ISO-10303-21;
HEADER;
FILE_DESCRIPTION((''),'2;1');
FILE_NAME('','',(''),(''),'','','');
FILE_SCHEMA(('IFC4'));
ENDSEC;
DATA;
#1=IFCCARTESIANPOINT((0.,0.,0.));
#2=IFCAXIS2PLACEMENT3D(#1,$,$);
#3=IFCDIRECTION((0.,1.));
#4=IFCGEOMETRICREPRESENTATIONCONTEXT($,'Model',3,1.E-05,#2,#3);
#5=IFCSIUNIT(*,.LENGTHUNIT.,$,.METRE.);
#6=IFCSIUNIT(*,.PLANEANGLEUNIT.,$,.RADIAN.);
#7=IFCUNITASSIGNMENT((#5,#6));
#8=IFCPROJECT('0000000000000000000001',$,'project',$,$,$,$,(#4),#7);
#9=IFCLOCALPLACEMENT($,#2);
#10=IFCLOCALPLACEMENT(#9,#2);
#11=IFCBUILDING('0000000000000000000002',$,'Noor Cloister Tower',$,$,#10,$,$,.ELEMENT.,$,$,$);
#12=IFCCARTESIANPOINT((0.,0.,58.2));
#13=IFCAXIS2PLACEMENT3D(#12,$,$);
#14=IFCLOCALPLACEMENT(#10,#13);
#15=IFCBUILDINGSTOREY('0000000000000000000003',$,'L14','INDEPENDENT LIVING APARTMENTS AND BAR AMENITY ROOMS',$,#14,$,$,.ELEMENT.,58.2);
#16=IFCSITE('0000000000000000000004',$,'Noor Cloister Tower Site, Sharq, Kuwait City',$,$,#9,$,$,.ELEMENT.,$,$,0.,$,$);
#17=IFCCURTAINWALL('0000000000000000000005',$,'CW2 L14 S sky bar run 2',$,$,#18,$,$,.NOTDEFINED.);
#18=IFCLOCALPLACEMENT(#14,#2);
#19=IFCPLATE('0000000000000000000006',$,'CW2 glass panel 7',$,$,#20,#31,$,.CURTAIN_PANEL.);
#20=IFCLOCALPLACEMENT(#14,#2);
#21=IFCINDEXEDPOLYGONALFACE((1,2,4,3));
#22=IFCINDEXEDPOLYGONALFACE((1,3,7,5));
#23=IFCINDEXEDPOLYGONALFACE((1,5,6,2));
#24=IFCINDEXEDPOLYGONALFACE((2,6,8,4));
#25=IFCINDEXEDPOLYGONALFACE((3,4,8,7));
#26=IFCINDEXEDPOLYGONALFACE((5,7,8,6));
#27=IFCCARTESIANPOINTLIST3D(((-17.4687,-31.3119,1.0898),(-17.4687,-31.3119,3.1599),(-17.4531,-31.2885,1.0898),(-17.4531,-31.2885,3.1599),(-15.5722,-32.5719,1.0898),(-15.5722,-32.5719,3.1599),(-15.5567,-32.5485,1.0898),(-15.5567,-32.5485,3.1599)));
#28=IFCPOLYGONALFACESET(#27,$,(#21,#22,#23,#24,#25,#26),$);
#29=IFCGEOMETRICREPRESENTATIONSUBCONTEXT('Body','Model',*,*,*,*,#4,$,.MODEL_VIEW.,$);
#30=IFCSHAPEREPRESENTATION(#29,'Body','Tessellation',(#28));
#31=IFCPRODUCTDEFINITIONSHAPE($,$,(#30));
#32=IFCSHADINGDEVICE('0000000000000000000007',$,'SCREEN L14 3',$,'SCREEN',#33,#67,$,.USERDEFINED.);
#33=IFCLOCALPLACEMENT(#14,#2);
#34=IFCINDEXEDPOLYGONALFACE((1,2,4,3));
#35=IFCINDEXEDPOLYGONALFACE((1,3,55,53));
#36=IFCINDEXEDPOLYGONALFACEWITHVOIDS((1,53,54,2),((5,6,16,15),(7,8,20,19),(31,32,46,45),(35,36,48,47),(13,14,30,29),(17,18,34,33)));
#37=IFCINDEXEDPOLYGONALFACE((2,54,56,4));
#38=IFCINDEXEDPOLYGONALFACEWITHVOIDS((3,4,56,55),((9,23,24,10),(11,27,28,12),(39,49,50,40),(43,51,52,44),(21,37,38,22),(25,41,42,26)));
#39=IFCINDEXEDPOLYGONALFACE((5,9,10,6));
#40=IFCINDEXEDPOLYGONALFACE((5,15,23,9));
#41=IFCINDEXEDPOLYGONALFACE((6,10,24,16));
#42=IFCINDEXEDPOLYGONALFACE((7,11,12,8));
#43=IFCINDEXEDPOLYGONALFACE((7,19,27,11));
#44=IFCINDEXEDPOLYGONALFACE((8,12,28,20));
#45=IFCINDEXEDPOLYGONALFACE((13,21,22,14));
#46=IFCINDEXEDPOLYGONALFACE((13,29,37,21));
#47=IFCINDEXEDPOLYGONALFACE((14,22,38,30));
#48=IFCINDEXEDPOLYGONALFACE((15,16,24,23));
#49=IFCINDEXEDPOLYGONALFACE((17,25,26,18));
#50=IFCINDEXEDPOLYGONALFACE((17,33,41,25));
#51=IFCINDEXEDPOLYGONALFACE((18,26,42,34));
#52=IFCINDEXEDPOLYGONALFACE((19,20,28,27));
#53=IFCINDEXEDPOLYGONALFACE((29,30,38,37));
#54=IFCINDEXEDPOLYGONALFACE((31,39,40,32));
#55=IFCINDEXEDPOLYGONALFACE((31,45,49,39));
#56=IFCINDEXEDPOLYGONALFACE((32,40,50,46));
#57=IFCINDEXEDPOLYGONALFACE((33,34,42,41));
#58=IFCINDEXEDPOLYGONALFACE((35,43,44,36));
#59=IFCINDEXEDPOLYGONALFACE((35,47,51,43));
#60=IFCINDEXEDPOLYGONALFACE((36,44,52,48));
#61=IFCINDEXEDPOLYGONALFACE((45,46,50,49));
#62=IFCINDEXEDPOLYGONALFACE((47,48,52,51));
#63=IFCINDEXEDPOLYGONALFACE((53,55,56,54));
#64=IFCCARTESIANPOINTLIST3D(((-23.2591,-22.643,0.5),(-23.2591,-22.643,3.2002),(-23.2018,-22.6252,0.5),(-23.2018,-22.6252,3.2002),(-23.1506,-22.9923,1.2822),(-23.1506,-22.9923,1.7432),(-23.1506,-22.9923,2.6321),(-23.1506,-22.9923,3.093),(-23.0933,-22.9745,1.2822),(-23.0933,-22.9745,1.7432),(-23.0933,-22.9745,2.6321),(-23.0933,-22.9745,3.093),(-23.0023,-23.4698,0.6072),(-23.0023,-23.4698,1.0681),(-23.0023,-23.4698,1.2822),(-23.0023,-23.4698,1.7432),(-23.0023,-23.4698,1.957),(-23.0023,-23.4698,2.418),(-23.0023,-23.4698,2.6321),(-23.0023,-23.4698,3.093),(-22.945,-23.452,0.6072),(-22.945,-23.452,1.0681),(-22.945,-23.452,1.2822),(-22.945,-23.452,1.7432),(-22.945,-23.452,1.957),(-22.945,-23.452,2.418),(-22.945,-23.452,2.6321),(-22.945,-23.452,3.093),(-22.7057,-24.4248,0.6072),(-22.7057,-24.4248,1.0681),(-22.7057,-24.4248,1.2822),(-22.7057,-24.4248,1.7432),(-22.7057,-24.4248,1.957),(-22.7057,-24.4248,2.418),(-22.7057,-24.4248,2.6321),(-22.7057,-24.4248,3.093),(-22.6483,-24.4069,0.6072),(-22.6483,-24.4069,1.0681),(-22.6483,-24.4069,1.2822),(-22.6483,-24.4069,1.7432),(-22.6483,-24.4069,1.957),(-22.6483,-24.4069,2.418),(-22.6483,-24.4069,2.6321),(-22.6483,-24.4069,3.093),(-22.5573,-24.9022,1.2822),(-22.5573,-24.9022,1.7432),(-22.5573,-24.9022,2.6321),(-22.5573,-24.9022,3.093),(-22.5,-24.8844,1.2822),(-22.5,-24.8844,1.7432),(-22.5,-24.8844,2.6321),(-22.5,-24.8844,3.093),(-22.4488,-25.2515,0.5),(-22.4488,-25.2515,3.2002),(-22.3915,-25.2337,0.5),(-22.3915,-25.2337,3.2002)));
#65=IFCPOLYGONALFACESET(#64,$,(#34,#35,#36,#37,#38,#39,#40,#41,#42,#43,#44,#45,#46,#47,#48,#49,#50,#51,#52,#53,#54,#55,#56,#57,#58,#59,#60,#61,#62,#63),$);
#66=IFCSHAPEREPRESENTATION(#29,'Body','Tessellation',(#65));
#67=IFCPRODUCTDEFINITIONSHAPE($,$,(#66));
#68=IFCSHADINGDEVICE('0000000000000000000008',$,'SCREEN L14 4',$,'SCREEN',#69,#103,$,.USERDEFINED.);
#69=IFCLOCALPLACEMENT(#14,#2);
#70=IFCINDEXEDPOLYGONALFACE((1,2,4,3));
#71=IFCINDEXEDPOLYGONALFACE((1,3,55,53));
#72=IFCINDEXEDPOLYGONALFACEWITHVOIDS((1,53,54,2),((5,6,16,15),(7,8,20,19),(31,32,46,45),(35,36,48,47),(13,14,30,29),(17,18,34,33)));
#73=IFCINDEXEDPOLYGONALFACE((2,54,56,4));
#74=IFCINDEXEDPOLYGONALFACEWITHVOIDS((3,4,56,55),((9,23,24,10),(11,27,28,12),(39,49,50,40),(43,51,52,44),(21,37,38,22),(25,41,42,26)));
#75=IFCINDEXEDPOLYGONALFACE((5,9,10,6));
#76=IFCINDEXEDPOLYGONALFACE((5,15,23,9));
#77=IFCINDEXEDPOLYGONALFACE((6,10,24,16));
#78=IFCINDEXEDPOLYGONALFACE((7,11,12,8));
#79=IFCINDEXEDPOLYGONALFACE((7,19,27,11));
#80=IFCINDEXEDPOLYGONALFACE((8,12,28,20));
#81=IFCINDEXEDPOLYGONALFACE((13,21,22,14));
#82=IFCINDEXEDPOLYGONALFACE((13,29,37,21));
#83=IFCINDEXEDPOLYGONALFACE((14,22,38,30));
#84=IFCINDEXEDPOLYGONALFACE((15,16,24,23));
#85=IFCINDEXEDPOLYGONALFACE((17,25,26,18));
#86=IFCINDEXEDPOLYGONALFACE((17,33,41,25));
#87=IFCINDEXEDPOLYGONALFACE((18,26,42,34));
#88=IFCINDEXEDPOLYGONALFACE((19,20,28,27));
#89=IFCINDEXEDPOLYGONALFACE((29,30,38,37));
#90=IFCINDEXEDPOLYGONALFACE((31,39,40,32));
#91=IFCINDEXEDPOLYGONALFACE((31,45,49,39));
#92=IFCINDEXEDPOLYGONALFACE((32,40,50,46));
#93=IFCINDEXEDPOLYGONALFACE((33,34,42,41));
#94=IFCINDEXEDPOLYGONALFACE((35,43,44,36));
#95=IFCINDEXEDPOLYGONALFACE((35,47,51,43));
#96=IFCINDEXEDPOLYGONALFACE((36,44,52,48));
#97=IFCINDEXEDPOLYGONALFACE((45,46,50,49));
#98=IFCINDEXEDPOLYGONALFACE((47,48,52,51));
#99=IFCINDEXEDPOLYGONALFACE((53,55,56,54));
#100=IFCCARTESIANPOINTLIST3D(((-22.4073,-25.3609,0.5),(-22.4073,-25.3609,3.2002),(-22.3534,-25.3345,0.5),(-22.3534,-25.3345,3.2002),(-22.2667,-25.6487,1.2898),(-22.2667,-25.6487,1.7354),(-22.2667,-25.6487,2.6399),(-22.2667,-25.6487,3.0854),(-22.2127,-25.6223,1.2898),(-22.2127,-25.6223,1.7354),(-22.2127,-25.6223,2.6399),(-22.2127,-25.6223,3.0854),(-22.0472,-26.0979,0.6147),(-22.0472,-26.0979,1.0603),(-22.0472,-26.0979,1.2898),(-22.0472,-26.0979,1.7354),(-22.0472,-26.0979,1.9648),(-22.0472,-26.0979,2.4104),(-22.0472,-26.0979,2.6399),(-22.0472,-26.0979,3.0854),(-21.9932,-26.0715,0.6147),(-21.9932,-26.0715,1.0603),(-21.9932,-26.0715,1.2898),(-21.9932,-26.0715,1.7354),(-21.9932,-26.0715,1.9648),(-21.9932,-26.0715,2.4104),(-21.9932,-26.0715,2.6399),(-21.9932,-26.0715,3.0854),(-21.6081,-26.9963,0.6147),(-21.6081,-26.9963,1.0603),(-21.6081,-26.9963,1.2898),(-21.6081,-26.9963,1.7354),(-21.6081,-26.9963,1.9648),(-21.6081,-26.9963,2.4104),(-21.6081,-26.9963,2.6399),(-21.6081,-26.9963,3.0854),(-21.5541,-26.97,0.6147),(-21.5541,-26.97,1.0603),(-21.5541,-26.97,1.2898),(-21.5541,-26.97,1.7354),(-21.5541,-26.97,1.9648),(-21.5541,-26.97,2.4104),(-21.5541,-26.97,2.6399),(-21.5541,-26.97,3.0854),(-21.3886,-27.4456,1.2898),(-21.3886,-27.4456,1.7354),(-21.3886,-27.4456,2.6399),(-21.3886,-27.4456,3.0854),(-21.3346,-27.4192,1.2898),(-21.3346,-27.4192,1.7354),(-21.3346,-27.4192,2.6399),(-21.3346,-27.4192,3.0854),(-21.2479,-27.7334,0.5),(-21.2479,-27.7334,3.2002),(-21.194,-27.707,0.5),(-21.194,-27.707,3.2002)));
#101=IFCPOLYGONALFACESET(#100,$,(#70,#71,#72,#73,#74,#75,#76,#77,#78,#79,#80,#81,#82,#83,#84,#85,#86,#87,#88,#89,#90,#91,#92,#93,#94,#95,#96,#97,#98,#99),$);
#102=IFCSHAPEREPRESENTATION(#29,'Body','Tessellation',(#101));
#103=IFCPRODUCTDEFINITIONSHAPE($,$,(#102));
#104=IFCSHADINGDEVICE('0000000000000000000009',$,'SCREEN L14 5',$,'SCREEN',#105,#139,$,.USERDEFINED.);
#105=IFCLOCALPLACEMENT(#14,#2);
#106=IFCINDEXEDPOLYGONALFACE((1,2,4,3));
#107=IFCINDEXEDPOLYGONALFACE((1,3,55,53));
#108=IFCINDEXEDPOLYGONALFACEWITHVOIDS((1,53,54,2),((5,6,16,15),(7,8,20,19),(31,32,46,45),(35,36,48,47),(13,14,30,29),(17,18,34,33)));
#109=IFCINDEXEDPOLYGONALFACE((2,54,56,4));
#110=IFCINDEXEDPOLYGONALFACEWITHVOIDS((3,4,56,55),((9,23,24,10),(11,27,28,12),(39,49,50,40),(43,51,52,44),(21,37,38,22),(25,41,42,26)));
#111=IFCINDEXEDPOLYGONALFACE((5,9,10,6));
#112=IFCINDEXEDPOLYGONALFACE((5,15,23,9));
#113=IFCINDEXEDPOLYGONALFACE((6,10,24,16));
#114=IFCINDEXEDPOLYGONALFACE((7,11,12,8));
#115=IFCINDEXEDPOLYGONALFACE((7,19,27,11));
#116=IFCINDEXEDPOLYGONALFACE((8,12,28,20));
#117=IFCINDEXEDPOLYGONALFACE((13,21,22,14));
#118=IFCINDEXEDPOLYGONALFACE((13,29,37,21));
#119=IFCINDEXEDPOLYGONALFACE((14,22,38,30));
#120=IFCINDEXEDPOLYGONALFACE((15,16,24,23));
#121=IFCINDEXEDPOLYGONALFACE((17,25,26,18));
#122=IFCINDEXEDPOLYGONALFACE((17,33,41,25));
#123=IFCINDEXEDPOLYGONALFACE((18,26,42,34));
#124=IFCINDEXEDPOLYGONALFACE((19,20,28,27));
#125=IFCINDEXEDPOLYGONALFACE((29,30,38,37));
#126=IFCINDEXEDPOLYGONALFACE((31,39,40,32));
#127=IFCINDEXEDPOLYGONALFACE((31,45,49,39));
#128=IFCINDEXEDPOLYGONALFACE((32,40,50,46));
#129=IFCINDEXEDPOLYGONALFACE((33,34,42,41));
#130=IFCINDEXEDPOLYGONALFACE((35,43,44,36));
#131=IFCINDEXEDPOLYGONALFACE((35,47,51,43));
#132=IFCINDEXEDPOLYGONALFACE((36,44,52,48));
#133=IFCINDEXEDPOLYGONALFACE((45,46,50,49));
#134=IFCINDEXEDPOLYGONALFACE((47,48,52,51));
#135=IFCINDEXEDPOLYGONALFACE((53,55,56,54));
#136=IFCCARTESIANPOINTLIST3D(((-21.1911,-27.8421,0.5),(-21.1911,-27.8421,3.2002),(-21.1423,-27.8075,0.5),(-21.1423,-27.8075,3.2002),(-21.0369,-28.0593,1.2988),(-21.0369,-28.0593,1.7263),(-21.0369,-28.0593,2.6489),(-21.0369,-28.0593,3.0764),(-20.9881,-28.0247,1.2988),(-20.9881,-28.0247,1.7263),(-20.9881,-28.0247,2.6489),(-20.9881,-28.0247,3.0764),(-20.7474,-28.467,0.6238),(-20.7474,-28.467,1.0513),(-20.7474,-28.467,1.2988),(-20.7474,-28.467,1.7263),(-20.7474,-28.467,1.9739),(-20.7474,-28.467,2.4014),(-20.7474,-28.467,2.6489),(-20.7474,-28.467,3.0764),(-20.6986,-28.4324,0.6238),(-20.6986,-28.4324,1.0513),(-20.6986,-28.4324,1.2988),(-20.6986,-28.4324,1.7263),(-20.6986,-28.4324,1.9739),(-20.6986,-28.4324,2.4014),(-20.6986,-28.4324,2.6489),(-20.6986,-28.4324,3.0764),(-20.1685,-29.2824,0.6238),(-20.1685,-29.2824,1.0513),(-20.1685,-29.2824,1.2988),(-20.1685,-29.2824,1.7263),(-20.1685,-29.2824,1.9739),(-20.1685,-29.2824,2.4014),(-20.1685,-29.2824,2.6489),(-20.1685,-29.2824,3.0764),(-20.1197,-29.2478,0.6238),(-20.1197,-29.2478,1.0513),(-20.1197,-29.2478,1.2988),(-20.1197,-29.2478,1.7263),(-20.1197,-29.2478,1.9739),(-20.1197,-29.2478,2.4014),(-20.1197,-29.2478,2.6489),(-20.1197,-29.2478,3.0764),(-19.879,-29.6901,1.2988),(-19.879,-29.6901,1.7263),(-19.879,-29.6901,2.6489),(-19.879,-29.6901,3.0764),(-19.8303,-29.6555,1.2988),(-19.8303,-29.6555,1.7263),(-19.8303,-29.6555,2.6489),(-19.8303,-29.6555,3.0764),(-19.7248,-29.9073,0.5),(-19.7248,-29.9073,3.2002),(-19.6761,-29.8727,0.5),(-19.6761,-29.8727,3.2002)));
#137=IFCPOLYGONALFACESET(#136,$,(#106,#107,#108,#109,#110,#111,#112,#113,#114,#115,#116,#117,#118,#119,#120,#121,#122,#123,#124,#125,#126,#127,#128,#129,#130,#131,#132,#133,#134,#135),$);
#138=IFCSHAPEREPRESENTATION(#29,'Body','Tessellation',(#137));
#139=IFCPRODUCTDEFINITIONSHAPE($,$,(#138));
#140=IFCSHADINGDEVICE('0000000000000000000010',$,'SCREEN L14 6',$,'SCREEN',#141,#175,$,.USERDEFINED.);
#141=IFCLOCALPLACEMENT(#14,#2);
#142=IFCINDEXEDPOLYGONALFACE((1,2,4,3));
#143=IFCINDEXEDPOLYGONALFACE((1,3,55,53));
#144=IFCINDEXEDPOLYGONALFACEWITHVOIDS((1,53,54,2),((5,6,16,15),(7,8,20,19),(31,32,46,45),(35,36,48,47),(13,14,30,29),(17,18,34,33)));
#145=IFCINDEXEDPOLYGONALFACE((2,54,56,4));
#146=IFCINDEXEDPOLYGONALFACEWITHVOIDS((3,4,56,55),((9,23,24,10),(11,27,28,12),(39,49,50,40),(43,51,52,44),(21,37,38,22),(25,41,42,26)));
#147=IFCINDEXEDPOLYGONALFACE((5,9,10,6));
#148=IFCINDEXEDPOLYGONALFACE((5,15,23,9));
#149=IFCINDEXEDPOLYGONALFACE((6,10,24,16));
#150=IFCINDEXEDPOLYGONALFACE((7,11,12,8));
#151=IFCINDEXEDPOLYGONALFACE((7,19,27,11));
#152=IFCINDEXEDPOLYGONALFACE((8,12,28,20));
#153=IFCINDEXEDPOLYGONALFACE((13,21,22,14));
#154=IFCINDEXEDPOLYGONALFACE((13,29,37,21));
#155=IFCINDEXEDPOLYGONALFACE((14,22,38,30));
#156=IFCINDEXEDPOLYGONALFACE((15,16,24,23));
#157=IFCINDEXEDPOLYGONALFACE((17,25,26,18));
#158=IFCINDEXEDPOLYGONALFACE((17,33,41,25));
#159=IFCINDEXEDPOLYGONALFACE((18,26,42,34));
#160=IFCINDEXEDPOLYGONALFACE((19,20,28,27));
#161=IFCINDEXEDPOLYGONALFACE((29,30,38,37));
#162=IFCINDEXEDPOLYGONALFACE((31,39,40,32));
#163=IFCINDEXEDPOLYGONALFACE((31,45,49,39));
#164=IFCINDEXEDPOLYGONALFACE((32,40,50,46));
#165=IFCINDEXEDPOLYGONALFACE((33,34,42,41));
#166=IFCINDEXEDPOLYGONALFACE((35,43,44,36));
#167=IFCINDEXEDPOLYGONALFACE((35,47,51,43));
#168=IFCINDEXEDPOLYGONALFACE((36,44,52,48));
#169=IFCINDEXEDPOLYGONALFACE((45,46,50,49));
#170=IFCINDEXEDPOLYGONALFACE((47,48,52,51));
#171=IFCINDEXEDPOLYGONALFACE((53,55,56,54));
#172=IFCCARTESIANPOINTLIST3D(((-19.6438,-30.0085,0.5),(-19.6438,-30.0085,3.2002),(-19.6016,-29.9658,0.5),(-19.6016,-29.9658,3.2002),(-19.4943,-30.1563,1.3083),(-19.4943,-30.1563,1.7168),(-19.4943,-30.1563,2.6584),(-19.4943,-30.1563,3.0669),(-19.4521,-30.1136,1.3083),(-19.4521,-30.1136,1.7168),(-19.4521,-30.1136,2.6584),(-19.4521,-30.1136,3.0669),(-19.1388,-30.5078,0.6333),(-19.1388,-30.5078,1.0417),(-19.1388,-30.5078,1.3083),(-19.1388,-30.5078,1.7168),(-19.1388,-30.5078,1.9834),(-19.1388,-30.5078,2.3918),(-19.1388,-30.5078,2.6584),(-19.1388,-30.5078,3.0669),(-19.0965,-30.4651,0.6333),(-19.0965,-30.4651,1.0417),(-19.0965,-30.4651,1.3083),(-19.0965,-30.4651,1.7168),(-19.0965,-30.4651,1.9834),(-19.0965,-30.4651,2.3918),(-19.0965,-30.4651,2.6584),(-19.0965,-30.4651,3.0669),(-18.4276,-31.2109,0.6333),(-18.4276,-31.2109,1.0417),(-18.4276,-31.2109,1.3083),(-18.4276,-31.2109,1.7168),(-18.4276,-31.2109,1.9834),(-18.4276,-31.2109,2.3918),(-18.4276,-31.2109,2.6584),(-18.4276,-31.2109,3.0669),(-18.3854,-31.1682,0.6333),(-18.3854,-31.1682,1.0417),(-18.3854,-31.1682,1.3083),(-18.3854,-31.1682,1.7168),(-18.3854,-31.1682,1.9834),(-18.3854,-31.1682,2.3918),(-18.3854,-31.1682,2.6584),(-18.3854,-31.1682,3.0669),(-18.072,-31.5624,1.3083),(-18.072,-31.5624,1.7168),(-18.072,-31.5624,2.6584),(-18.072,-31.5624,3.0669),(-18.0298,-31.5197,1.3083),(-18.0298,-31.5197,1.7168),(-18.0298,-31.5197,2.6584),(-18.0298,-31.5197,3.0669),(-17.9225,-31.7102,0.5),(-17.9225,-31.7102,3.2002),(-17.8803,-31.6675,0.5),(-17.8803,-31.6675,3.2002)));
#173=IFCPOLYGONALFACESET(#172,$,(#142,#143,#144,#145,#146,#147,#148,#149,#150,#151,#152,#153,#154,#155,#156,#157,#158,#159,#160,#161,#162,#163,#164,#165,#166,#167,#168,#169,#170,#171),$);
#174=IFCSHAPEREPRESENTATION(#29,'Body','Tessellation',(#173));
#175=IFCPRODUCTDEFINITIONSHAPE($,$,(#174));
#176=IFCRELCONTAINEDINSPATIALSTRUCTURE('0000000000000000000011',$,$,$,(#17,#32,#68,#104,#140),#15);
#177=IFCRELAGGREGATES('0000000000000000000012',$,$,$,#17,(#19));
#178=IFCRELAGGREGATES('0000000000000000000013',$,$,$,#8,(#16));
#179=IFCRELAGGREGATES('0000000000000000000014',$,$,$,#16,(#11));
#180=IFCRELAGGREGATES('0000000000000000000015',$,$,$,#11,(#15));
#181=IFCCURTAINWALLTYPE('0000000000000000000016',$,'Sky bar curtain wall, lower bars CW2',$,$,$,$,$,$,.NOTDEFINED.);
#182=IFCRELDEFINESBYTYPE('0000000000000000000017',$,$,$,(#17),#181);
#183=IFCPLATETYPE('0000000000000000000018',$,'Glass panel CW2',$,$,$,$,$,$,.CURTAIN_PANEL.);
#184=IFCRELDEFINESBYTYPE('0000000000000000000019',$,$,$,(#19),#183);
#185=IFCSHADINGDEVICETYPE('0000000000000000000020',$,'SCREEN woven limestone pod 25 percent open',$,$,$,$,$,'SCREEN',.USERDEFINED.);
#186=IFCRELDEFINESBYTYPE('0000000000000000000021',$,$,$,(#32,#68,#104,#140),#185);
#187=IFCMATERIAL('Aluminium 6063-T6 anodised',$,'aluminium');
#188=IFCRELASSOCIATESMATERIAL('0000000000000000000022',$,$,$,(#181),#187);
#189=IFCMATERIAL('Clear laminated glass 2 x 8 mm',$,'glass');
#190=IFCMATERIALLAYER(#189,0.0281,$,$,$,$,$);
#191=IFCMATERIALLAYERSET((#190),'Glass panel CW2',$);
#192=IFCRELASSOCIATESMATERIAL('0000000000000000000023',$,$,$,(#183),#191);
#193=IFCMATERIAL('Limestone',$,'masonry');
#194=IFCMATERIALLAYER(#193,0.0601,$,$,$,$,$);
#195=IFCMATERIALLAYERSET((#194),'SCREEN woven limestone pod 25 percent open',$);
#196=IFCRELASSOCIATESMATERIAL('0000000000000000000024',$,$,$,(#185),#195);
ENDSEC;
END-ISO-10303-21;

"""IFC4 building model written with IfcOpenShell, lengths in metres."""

from ifc_helpers import new_model, si_unit, direction, frame, origin, origin_2d, place, context, subcontext, project, spatial, polyline, rectangle, outline, extrude, material, layer, layer_set, type_object, element, aggregate, save


model = new_model("IFC4")

# Units and contexts
model_context = context("Model", 3, precision=1e-05, world=origin(), true_north=direction((0.0, 1.0)))
body_context = subcontext(model_context, "Body", "Model", "MODEL_VIEW")
ifc_project = project(units=[si_unit("LENGTHUNIT", "METRE"), si_unit("PLANEANGLEUNIT", "RADIAN")], contexts=[model_context])

# Site, building, storey
site_placement = place(None, origin())
site = spatial("IfcSite", under=ifc_project, at=site_placement, Name="Noor Cloister Tower Site, Sharq, Kuwait City", CompositionType="ELEMENT", RefElevation=0.0)
building_placement = place(site_placement, origin())
building = spatial("IfcBuilding", under=site, at=building_placement, Name="Noor Cloister Tower", CompositionType="ELEMENT")
storey_placement = place(building_placement, frame((0.0, 0.0, 58.2)))
storey = spatial("IfcBuildingStorey", under=building, at=storey_placement, Name="L14", Description="INDEPENDENT LIVING APARTMENTS AND BAR AMENITY ROOMS", CompositionType="ELEMENT", Elevation=58.2)

# Curtain wall, plate
ifc_material_1 = material(Name="Aluminium 6063-T6 anodised", Category="aluminium")
curtain_wall_type = type_object("IfcCurtainWallType", Name="Sky bar curtain wall, lower bars CW2", PredefinedType="NOTDEFINED", material=ifc_material_1)
curtain_wall_placement = place(storey_placement, origin())
curtain_wall = element("IfcCurtainWall", 1, at=curtain_wall_placement, inside=storey, type_object=curtain_wall_type, Name="CW2 L14 S sky bar run 2", PredefinedType="NOTDEFINED")
ifc_material_2 = material(Name="Clear laminated glass 2 x 8 mm", Category="glass")
ifc_layer_1 = layer(ifc_material_2, 0.0281)
ifc_layer_set_1 = layer_set([ifc_layer_1], Name="Glass panel CW2")
plate_type = type_object("IfcPlateType", Name="Glass panel CW2", PredefinedType="CURTAIN_PANEL", material=ifc_layer_set_1)
plate_1_placement = place(storey_placement, frame((-16.5127, -31.9302, 1.0898), z_axis=(0.0, 0.0, 1.0), x_axis=(0.832918, -0.553396, 0.0)))
plate_1 = element("IfcPlate", 2, at=plate_1_placement, type_object=plate_type, Name="CW2 glass panel 7", PredefinedType="CURTAIN_PANEL", context=body_context, shape_type="SweptSolid", body=[
    extrude(rectangle(XDim=2.2769, YDim=0.0281, at=origin_2d()), origin(), (0.0, 0.0, 1.0), 2.0701),
])
aggregate(curtain_wall, [plate_1])

# Shading devices
ifc_material_3 = material(Name="Limestone", Category="masonry")
ifc_layer_2 = layer(ifc_material_3, 0.0601)
ifc_layer_set_2 = layer_set([ifc_layer_2], Name="SCREEN woven limestone pod 25 percent open")
shading_device_type = type_object("IfcShadingDeviceType", Name="SCREEN woven limestone pod 25 percent open", ElementType="SCREEN", PredefinedType="USERDEFINED", material=ifc_layer_set_2)
shading_device_1_placement = place(storey_placement, frame((-22.7966, -23.9294, 1.8501), z_axis=(-0.954985, -0.296655, 0.0), x_axis=(0.296655, -0.954985, 0.0)))
element("IfcShadingDevice", 3, at=shading_device_1_placement, inside=storey, type_object=shading_device_type, Name="SCREEN L14 3", ObjectType="SCREEN", PredefinedType="USERDEFINED", context=body_context, shape_type="SweptSolid", body=[
    extrude(outline(polyline([(-1.3657, -1.3501), (1.3657, -1.3501), (1.3657, 1.3501), (-1.3657, 1.3501), (-1.3657, -1.3501)]), holes=[polyline([(-0.5, -1.2429), (0.5, -1.2429), (0.5, -0.782), (-0.5, -0.782), (-0.5, -1.2429)]), polyline([(-1.0, -0.5679), (-0.5, -0.5679), (-0.5, -0.1069), (-1.0, -0.1069), (-1.0, -0.5679)]), polyline([(0.5, -0.5679), (1.0, -0.5679), (1.0, -0.1069), (0.5, -0.1069), (0.5, -0.5679)]), polyline([(-0.5, 0.1069), (0.5, 0.1069), (0.5, 0.5679), (-0.5, 0.5679), (-0.5, 0.1069)]), polyline([(-1.0, 0.782), (-0.5, 0.782), (-0.5, 1.2429), (-1.0, 1.2429), (-1.0, 0.782)]), polyline([(0.5, 0.782), (1.0, 0.782), (1.0, 1.2429), (0.5, 1.2429), (0.5, 0.782)])]), origin(), (0.0, 0.0, 1.0), 0.0601),
])
shading_device_2_placement = place(storey_placement, frame((-21.7737, -26.5208, 1.8501), z_axis=(-0.898456, -0.439064, 0.0), x_axis=(0.439064, -0.898456, 0.0)))
element("IfcShadingDevice", 4, at=shading_device_2_placement, inside=storey, type_object=shading_device_type, Name="SCREEN L14 4", ObjectType="SCREEN", PredefinedType="USERDEFINED", context=body_context, shape_type="SweptSolid", body=[
    extrude(outline(polyline([(-1.3203, -1.3501), (1.3203, -1.3501), (1.3203, 1.3501), (-1.3203, 1.3501), (-1.3203, -1.3501)]), holes=[polyline([(-0.5, -1.2354), (0.5, -1.2354), (0.5, -0.7898), (-0.5, -0.7898), (-0.5, -1.2354)]), polyline([(-1.0, -0.5603), (-0.5, -0.5603), (-0.5, -0.1147), (-1.0, -0.1147), (-1.0, -0.5603)]), polyline([(0.5, -0.5603), (1.0, -0.5603), (1.0, -0.1147), (0.5, -0.1147), (0.5, -0.5603)]), polyline([(-0.5, 0.1147), (0.5, 0.1147), (0.5, 0.5603), (-0.5, 0.5603), (-0.5, 0.1147)]), polyline([(-1.0, 0.7898), (-0.5, 0.7898), (-0.5, 1.2354), (-1.0, 1.2354), (-1.0, 0.7898)]), polyline([(0.5, 0.7898), (1.0, 0.7898), (1.0, 1.2354), (0.5, 1.2354), (0.5, 0.7898)])]), origin(), (0.0, 0.0, 1.0), 0.0601),
])
shading_device_3_placement = place(storey_placement, frame((-20.4092, -28.8401, 1.8501), z_axis=(-0.815383, -0.578922, 0.0), x_axis=(0.578922, -0.815383, 0.0)))
element("IfcShadingDevice", 5, at=shading_device_3_placement, inside=storey, type_object=shading_device_type, Name="SCREEN L14 5", ObjectType="SCREEN", PredefinedType="USERDEFINED", context=body_context, shape_type="SweptSolid", body=[
    extrude(outline(polyline([(-1.2664, -1.3501), (1.2664, -1.3501), (1.2664, 1.3501), (-1.2664, 1.3501), (-1.2664, -1.3501)]), holes=[polyline([(-0.5, -1.2263), (0.5, -1.2263), (0.5, -0.7988), (-0.5, -0.7988), (-0.5, -1.2263)]), polyline([(-1.0, -0.5513), (-0.5, -0.5513), (-0.5, -0.1238), (-1.0, -0.1238), (-1.0, -0.5513)]), polyline([(0.5, -0.5513), (1.0, -0.5513), (1.0, -0.1238), (0.5, -0.1238), (0.5, -0.5513)]), polyline([(-0.5, 0.1238), (0.5, 0.1238), (0.5, 0.5513), (-0.5, 0.5513), (-0.5, 0.1238)]), polyline([(-1.0, 0.7988), (-0.5, 0.7988), (-0.5, 1.2263), (-1.0, 1.2263), (-1.0, 0.7988)]), polyline([(0.5, 0.7988), (1.0, 0.7988), (1.0, 1.2263), (0.5, 1.2263), (0.5, 0.7988)])]), origin(), (0.0, 0.0, 1.0), 0.0598),
])
shading_device_4_placement = place(storey_placement, frame((-18.741, -30.8167, 1.8501), z_axis=(-0.703031, -0.711159, 0.0), x_axis=(0.711159, -0.703031, 0.0)))
element("IfcShadingDevice", 6, at=shading_device_4_placement, inside=storey, type_object=shading_device_type, Name="SCREEN L14 6", ObjectType="SCREEN", PredefinedType="USERDEFINED", context=body_context, shape_type="SweptSolid", body=[
    extrude(outline(polyline([(-1.2102, -1.3501), (1.2102, -1.3501), (1.2102, 1.3501), (-1.2102, 1.3501), (-1.2102, -1.3501)]), holes=[polyline([(-0.5, -1.2168), (0.5, -1.2168), (0.5, -0.8083), (-0.5, -0.8083), (-0.5, -1.2168)]), polyline([(-1.0, -0.5417), (-0.5, -0.5417), (-0.5, -0.1333), (-1.0, -0.1333), (-1.0, -0.5417)]), polyline([(0.5, -0.5417), (1.0, -0.5417), (1.0, -0.1333), (0.5, -0.1333), (0.5, -0.5417)]), polyline([(-0.5, 0.1333), (0.5, 0.1333), (0.5, 0.5417), (-0.5, 0.5417), (-0.5, 0.1333)]), polyline([(-1.0, 0.8083), (-0.5, 0.8083), (-0.5, 1.2168), (-1.0, 1.2168), (-1.0, 0.8083)]), polyline([(0.5, 0.8083), (1.0, 0.8083), (1.0, 1.2168), (0.5, 1.2168), (0.5, 0.8083)])]), origin(), (0.0, 0.0, 1.0), 0.0601),
])

save(model, "model.ifc")
